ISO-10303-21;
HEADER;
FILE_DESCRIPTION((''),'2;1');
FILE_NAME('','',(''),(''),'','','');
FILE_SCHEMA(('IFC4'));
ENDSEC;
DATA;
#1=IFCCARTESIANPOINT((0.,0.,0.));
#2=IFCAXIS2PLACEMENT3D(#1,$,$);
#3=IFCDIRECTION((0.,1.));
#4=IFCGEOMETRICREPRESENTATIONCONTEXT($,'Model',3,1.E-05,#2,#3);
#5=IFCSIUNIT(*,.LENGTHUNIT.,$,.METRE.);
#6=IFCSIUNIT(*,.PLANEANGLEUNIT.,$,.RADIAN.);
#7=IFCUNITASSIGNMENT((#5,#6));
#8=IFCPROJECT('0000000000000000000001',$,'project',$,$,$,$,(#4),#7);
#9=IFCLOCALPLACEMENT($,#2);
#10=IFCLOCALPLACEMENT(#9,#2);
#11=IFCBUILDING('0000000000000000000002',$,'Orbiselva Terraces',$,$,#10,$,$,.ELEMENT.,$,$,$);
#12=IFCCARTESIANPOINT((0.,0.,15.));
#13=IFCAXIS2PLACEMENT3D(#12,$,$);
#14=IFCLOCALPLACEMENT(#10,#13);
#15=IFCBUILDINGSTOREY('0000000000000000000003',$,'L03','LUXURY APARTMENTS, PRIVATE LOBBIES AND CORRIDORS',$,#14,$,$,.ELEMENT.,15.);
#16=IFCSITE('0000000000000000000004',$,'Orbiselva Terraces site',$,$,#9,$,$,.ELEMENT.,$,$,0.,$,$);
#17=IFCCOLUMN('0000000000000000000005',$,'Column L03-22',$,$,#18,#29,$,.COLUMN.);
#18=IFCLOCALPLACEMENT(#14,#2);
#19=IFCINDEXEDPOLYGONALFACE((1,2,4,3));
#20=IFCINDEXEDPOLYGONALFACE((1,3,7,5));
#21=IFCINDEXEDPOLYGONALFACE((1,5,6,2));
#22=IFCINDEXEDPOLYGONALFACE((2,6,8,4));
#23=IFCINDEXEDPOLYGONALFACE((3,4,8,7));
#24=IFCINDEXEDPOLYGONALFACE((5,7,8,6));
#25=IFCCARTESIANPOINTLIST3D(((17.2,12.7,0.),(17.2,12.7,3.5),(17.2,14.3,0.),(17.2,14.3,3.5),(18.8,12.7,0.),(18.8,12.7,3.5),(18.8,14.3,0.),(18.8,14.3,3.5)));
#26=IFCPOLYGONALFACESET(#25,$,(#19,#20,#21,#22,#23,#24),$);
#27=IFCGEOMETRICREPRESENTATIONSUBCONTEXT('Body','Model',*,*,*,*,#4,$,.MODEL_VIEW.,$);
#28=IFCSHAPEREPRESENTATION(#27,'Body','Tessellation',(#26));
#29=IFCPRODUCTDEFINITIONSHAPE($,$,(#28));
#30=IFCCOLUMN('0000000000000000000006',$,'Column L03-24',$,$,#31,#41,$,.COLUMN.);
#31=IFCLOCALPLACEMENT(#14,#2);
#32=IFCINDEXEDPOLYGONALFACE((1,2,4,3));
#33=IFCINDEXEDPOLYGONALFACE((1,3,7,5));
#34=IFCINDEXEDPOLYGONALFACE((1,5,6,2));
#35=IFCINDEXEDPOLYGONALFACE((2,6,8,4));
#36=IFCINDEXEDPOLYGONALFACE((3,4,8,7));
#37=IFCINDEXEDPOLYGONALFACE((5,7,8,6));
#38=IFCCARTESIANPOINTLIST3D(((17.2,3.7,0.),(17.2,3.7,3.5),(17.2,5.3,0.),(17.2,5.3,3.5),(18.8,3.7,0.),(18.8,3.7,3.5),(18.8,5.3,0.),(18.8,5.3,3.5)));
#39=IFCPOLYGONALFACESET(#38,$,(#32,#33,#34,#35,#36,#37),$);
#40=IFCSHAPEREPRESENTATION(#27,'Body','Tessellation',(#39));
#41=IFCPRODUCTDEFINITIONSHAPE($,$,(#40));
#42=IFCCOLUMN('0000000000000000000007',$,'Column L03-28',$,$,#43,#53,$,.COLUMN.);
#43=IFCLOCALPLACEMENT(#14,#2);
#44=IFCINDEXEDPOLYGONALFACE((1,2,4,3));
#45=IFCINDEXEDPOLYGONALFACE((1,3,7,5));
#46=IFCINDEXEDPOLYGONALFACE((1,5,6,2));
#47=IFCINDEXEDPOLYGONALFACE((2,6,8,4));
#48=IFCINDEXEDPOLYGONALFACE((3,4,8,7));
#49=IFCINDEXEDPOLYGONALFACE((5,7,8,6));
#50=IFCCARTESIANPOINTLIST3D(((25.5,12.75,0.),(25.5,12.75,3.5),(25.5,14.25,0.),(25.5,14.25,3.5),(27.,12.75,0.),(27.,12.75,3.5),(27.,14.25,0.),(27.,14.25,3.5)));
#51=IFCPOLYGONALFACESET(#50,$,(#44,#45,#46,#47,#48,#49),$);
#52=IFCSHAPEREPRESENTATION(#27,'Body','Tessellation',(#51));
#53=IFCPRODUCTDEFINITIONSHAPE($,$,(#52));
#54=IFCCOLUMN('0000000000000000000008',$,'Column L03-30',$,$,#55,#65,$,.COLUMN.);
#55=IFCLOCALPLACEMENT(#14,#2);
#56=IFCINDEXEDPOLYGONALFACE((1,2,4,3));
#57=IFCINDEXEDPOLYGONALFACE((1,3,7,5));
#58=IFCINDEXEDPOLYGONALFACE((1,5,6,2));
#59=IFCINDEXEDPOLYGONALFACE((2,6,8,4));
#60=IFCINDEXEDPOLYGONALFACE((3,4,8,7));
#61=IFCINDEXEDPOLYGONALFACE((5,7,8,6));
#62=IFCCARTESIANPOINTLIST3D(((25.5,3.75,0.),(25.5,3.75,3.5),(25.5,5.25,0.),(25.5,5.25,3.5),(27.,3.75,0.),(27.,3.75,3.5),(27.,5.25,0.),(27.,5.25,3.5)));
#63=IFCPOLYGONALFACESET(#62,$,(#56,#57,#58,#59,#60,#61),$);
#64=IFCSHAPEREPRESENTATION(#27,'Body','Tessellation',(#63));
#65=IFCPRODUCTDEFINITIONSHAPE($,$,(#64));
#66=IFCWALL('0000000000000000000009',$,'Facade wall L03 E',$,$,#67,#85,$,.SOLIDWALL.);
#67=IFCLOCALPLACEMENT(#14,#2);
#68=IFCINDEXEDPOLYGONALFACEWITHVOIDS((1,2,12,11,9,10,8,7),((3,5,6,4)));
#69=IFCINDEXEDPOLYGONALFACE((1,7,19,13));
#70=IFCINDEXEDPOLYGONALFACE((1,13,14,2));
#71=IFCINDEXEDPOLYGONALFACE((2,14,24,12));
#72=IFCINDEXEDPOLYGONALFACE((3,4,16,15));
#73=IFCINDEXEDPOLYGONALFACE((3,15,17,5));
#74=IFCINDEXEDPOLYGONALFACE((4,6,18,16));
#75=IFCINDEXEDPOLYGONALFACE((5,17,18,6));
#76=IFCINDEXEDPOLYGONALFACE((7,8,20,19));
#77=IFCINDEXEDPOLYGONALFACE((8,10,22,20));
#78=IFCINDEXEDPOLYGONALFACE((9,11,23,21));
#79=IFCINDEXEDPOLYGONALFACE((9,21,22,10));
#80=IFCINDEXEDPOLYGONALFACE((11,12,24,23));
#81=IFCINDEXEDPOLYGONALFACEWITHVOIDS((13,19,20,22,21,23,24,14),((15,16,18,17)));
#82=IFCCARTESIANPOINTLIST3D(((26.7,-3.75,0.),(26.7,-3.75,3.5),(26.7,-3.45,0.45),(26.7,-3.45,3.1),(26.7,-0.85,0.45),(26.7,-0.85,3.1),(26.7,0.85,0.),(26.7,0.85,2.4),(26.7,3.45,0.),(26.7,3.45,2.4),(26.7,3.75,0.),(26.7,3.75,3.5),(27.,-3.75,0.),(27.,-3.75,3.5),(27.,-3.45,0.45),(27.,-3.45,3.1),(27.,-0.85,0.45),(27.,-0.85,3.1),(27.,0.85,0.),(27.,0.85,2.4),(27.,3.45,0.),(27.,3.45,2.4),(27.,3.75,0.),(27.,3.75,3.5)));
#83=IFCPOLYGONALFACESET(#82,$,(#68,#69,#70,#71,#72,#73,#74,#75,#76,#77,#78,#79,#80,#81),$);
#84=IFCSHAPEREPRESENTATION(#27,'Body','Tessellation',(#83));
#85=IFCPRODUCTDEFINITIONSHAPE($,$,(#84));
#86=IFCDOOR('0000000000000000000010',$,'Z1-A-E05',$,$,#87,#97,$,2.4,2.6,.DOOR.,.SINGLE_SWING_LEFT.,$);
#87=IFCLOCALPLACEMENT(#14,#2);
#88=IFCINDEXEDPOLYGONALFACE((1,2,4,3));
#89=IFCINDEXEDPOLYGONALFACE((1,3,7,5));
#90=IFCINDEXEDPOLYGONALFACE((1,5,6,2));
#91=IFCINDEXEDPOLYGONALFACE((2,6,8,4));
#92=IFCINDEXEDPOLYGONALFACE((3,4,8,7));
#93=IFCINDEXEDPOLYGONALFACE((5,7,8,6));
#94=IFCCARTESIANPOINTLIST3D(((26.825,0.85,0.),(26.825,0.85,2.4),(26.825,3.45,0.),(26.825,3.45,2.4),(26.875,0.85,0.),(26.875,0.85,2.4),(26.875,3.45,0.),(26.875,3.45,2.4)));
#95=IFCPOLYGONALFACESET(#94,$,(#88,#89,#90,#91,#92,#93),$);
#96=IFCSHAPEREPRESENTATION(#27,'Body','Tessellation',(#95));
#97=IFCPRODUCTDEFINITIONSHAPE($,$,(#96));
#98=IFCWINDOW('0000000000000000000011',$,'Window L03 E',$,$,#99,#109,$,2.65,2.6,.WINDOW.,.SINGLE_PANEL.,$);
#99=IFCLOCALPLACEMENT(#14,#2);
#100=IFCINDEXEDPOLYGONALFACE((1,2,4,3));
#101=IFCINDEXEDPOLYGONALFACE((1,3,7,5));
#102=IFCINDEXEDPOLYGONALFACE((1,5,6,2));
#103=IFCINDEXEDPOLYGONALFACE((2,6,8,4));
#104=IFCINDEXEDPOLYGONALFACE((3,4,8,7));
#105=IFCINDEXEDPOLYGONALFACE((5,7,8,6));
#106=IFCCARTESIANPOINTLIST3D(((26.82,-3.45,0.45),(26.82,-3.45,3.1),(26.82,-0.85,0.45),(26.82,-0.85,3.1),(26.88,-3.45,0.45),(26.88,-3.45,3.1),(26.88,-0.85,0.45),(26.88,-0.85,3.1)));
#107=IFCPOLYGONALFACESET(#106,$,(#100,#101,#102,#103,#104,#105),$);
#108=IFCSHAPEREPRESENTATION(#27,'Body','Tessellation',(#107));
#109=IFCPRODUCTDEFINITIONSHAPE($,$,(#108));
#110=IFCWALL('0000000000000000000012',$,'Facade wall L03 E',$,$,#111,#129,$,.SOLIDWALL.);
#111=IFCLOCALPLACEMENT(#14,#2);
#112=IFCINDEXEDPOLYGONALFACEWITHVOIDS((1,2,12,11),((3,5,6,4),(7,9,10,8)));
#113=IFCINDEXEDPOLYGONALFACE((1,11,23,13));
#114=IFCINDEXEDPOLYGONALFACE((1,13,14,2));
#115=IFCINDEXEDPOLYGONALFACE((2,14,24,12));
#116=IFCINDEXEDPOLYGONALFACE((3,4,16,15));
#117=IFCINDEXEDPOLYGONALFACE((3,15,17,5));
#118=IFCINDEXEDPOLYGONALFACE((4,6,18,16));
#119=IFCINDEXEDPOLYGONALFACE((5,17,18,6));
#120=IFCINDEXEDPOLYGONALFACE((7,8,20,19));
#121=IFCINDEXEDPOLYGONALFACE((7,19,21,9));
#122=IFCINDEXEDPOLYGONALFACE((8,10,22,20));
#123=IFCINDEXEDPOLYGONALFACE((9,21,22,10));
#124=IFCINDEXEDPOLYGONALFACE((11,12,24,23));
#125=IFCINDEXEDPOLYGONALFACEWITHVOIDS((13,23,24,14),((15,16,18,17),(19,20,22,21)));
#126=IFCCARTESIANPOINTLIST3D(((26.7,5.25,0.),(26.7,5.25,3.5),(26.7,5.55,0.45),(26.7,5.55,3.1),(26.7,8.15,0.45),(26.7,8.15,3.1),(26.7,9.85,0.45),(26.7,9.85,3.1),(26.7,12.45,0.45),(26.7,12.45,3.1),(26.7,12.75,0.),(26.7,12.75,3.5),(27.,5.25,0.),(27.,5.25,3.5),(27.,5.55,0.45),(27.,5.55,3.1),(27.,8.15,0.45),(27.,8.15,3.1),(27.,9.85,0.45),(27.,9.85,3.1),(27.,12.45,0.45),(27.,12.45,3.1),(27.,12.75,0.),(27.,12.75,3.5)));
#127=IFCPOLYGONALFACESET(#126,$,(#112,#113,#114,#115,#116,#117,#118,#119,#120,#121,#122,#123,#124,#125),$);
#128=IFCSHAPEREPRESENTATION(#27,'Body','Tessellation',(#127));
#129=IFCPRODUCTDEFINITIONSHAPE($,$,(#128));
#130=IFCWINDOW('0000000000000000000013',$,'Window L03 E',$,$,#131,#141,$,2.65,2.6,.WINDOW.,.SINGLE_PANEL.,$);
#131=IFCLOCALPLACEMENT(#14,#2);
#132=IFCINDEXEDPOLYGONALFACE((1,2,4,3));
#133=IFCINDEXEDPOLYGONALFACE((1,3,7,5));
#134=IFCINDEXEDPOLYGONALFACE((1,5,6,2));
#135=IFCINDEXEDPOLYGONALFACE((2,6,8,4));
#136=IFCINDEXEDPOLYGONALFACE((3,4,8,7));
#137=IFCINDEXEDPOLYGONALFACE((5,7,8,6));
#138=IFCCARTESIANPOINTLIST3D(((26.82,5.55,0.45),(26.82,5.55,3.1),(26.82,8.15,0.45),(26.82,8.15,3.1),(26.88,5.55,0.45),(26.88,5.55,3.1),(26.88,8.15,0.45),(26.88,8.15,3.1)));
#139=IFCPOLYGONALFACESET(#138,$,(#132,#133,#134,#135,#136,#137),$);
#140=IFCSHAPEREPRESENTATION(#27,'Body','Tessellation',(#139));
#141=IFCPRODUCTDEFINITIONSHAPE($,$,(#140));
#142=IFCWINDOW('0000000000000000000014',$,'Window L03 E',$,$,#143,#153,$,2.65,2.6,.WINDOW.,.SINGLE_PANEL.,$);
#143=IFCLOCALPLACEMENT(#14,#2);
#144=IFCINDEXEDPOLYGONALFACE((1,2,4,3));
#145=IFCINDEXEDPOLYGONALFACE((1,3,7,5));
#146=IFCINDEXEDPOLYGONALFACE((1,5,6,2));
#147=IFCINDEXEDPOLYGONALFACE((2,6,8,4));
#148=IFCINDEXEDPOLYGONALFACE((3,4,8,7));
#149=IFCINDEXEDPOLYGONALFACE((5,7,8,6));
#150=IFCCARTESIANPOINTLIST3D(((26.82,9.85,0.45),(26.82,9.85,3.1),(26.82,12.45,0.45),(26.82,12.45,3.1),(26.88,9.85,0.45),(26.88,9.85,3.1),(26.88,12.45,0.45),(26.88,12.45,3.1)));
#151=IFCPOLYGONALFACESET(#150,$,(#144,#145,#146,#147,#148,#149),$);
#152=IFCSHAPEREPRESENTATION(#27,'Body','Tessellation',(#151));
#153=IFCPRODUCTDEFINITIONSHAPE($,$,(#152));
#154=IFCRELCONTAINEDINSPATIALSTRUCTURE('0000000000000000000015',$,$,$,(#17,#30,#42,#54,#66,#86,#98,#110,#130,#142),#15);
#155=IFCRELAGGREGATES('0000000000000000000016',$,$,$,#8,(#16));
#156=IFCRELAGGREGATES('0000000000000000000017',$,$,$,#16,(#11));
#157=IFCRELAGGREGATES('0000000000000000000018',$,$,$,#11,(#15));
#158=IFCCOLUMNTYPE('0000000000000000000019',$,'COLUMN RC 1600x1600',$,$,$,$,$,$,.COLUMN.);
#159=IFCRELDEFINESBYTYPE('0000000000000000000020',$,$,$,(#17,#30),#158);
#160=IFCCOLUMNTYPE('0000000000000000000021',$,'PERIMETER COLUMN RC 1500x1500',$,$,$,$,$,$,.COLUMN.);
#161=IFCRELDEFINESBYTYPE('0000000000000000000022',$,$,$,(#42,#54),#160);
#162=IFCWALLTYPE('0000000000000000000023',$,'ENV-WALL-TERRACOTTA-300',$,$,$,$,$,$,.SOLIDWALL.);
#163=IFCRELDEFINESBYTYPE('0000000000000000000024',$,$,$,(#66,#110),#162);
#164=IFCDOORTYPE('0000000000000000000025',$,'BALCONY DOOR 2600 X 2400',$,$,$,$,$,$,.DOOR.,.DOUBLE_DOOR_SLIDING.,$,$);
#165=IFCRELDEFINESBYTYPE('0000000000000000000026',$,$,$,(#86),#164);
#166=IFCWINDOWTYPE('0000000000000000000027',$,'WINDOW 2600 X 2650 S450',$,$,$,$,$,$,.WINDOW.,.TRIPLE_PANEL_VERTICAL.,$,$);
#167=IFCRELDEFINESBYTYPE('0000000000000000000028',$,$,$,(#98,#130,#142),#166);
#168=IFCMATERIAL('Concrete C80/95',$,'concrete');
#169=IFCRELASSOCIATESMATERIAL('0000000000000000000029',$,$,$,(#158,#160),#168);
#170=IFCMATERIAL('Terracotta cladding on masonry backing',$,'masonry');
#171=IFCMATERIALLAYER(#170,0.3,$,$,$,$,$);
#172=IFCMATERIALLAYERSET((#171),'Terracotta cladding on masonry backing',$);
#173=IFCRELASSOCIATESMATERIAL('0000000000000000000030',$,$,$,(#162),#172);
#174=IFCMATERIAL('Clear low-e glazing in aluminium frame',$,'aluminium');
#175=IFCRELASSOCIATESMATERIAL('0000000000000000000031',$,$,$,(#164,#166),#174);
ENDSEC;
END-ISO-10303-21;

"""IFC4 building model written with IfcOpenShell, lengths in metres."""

from ifc_helpers import new_model, si_unit, direction, frame, frame_2d, origin, origin_2d, place, context, subcontext, project, spatial, rectangle, extrude, material, layer, layer_set, material_profile, profile_set, type_object, element, fill, save


model = new_model("IFC4")

# Units and contexts
model_context = context("Model", 3, precision=1e-05, world=origin(), true_north=direction((0.0, 1.0)))
body_context = subcontext(model_context, "Body", "Model", "MODEL_VIEW")
ifc_project = project(units=[si_unit("LENGTHUNIT", "METRE"), si_unit("PLANEANGLEUNIT", "RADIAN")], contexts=[model_context])

# Site, building, storey
site_placement = place(None, origin())
site = spatial("IfcSite", under=ifc_project, at=site_placement, Name="Orbiselva Terraces site", CompositionType="ELEMENT", RefElevation=0.0)
building_placement = place(site_placement, origin())
building = spatial("IfcBuilding", under=site, at=building_placement, Name="Orbiselva Terraces", CompositionType="ELEMENT")
storey_placement = place(building_placement, frame((0.0, 0.0, 15.0)))
storey = spatial("IfcBuildingStorey", under=building, at=storey_placement, Name="L03", Description="LUXURY APARTMENTS, PRIVATE LOBBIES AND CORRIDORS", CompositionType="ELEMENT", Elevation=15.0)

# Columns
ifc_material_1 = material(Name="Concrete C80/95", Category="concrete")
ifc_material_profile_1 = material_profile(ifc_material_1, rectangle(XDim=1.6, YDim=1.6, at=origin_2d()), Name="RC 1600x1600")
ifc_profile_set_1 = profile_set([ifc_material_profile_1], Name="Concrete C80/95")
column_type_1 = type_object("IfcColumnType", Name="COLUMN RC 1600x1600", PredefinedType="COLUMN", material=ifc_profile_set_1)
for number, where, z_axis, x_axis, name in (
    (1, (18.0, 13.5, 0.0), (0.0, 0.0, 1.0), (1.0, 0.0, 0.0), "Column L03-22"),
    (2, (18.0, 4.5, 0.0), (0.0, 0.0, 1.0), (1.0, 0.0, 0.0), "Column L03-24"),
):
    element("IfcColumn", number, at=place(storey_placement, frame(where, z_axis=z_axis, x_axis=x_axis)), inside=storey, type_object=column_type_1, Name=name, PredefinedType="COLUMN", context=body_context, shape_type="SweptSolid", body=[
        extrude(rectangle(XDim=1.6, YDim=1.6, at=origin_2d()), origin(), (0.0, 0.0, 1.0), 3.5),
    ])
ifc_material_profile_2 = material_profile(ifc_material_1, rectangle(XDim=1.5, YDim=1.5, at=origin_2d()), Name="RC 1500x1500")
ifc_profile_set_2 = profile_set([ifc_material_profile_2], Name="Concrete C80/95")
column_type_2 = type_object("IfcColumnType", Name="PERIMETER COLUMN RC 1500x1500", PredefinedType="COLUMN", material=ifc_profile_set_2)
for number, where, z_axis, x_axis, name in (
    (3, (26.25, 13.5, 0.0), (0.0, 0.0, 1.0), (1.0, 0.0, 0.0), "Column L03-28"),
    (4, (26.25, 4.5, 0.0), (0.0, 0.0, 1.0), (1.0, 0.0, 0.0), "Column L03-30"),
):
    element("IfcColumn", number, at=place(storey_placement, frame(where, z_axis=z_axis, x_axis=x_axis)), inside=storey, type_object=column_type_2, Name=name, PredefinedType="COLUMN", context=body_context, shape_type="SweptSolid", body=[
        extrude(rectangle(XDim=1.5, YDim=1.5, at=origin_2d()), origin(), (0.0, 0.0, 1.0), 3.5),
    ])

# Wall, openings, door, window
ifc_material_2 = material(Name="Terracotta cladding on masonry backing", Category="masonry")
ifc_layer_1 = layer(ifc_material_2, 0.3)
ifc_layer_set_1 = layer_set([ifc_layer_1], Name="Terracotta cladding on masonry backing")
wall_type_1 = type_object("IfcWallType", Name="ENV-WALL-TERRACOTTA-300", PredefinedType="SOLIDWALL", material=ifc_layer_set_1)
wall_1_placement = place(storey_placement, frame((26.85, 3.75, 0.0), z_axis=(0.0, 0.0, 1.0), x_axis=(0.0, -1.0, 0.0)))
wall_1 = element("IfcWall", 5, at=wall_1_placement, inside=storey, type_object=wall_type_1, Name="Facade wall L03 E", PredefinedType="SOLIDWALL", context=body_context, shape_type="SweptSolid", body=[
    extrude(rectangle(XDim=7.5, YDim=0.3, at=frame_2d((3.75, 0.0))), origin(), (0.0, 0.0, 1.0), 3.5),
])
opening_1_placement = place(wall_1_placement, frame((4.6, 0.0, 0.45)))
opening_1 = element("IfcOpeningElement", 6, at=opening_1_placement, cuts=wall_1, PredefinedType="OPENING", context=body_context, shape_type="SweptSolid", body=[
    extrude(rectangle(XDim=2.6, YDim=2.65, at=frame_2d((1.3, 1.325))), frame((0.0, 0.16, 0.0), z_axis=(0.0, -1.0, 0.0), x_axis=(1.0, 0.0, 0.0)), (0.0, 0.0, 1.0), 0.32),
])
opening_2_placement = place(wall_1_placement, frame((0.3, 0.0, 0.0)))
opening_2 = element("IfcOpeningElement", 7, at=opening_2_placement, cuts=wall_1, PredefinedType="OPENING", context=body_context, shape_type="SweptSolid", body=[
    extrude(rectangle(XDim=2.6, YDim=2.4, at=frame_2d((1.3, 1.2))), frame((0.0, 0.16, 0.0), z_axis=(0.0, -1.0, 0.0), x_axis=(1.0, 0.0, 0.0)), (0.0, 0.0, 1.0), 0.32),
])
ifc_material_3 = material(Name="Clear low-e glazing in aluminium frame", Category="aluminium")
door_type_1 = type_object("IfcDoorType", Name="BALCONY DOOR 2600 X 2400", OperationType="DOUBLE_DOOR_SLIDING", PredefinedType="DOOR", material=ifc_material_3)
door_1_placement = place(opening_2_placement, origin())
door_1 = element("IfcDoor", 8, at=door_1_placement, inside=storey, type_object=door_type_1, Name="Z1-A-E05", OperationType="SINGLE_SWING_LEFT", OverallHeight=2.4, OverallWidth=2.6, PredefinedType="DOOR", context=body_context, shape_type="SweptSolid", body=[
    extrude(rectangle(XDim=2.6, YDim=2.4, at=frame_2d((1.3, 1.2))), frame((0.0, 0.025, 0.0), z_axis=(0.0, -1.0, 0.0), x_axis=(1.0, 0.0, 0.0)), (0.0, 0.0, 1.0), 0.05),
])
fill(opening_2, door_1)
window_type = type_object("IfcWindowType", Name="WINDOW 2600 X 2650 S450", PartitioningType="TRIPLE_PANEL_VERTICAL", PredefinedType="WINDOW", material=ifc_material_3)
window_1_placement = place(opening_1_placement, origin())
window_1 = element("IfcWindow", 9, at=window_1_placement, inside=storey, type_object=window_type, Name="Window L03 E", OverallHeight=2.65, OverallWidth=2.6, PartitioningType="SINGLE_PANEL", PredefinedType="WINDOW", context=body_context, shape_type="SweptSolid", body=[
    extrude(rectangle(XDim=2.6, YDim=2.65, at=frame_2d((1.3, 1.325))), frame((0.0, 0.03, 0.0), z_axis=(0.0, -1.0, 0.0), x_axis=(1.0, 0.0, 0.0)), (0.0, 0.0, 1.0), 0.06),
])
fill(opening_1, window_1)

# Wall, openings, windows
wall_2_placement = place(storey_placement, frame((26.85, 12.75, 0.0), z_axis=(0.0, 0.0, 1.0), x_axis=(0.0, -1.0, 0.0)))
wall_2 = element("IfcWall", 10, at=wall_2_placement, inside=storey, type_object=wall_type_1, Name="Facade wall L03 E", PredefinedType="SOLIDWALL", context=body_context, shape_type="SweptSolid", body=[
    extrude(rectangle(XDim=7.5, YDim=0.3, at=frame_2d((3.75, 0.0))), origin(), (0.0, 0.0, 1.0), 3.5),
])
opening_3_placement = place(wall_2_placement, frame((4.6, 0.0, 0.45)))
opening_3 = element("IfcOpeningElement", 11, at=opening_3_placement, cuts=wall_2, PredefinedType="OPENING", context=body_context, shape_type="SweptSolid", body=[
    extrude(rectangle(XDim=2.6, YDim=2.65, at=frame_2d((1.3, 1.325))), frame((0.0, 0.16, 0.0), z_axis=(0.0, -1.0, 0.0), x_axis=(1.0, 0.0, 0.0)), (0.0, 0.0, 1.0), 0.32),
])
opening_4_placement = place(wall_2_placement, frame((0.3, 0.0, 0.45)))
opening_4 = element("IfcOpeningElement", 12, at=opening_4_placement, cuts=wall_2, PredefinedType="OPENING", context=body_context, shape_type="SweptSolid", body=[
    extrude(rectangle(XDim=2.6, YDim=2.65, at=frame_2d((1.3, 1.325))), frame((0.0, 0.16, 0.0), z_axis=(0.0, -1.0, 0.0), x_axis=(1.0, 0.0, 0.0)), (0.0, 0.0, 1.0), 0.32),
])
window_2_placement = place(opening_3_placement, origin())
window_2 = element("IfcWindow", 13, at=window_2_placement, inside=storey, type_object=window_type, Name="Window L03 E", OverallHeight=2.65, OverallWidth=2.6, PartitioningType="SINGLE_PANEL", PredefinedType="WINDOW", context=body_context, shape_type="SweptSolid", body=[
    extrude(rectangle(XDim=2.6, YDim=2.65, at=frame_2d((1.3, 1.325))), frame((0.0, 0.03, 0.0), z_axis=(0.0, -1.0, 0.0), x_axis=(1.0, 0.0, 0.0)), (0.0, 0.0, 1.0), 0.06),
])
fill(opening_3, window_2)
window_3_placement = place(opening_4_placement, origin())
window_3 = element("IfcWindow", 14, at=window_3_placement, inside=storey, type_object=window_type, Name="Window L03 E", OverallHeight=2.65, OverallWidth=2.6, PartitioningType="SINGLE_PANEL", PredefinedType="WINDOW", context=body_context, shape_type="SweptSolid", body=[
    extrude(rectangle(XDim=2.6, YDim=2.65, at=frame_2d((1.3, 1.325))), frame((0.0, 0.03, 0.0), z_axis=(0.0, -1.0, 0.0), x_axis=(1.0, 0.0, 0.0)), (0.0, 0.0, 1.0), 0.06),
])
fill(opening_4, window_3)

save(model, "model.ifc")
